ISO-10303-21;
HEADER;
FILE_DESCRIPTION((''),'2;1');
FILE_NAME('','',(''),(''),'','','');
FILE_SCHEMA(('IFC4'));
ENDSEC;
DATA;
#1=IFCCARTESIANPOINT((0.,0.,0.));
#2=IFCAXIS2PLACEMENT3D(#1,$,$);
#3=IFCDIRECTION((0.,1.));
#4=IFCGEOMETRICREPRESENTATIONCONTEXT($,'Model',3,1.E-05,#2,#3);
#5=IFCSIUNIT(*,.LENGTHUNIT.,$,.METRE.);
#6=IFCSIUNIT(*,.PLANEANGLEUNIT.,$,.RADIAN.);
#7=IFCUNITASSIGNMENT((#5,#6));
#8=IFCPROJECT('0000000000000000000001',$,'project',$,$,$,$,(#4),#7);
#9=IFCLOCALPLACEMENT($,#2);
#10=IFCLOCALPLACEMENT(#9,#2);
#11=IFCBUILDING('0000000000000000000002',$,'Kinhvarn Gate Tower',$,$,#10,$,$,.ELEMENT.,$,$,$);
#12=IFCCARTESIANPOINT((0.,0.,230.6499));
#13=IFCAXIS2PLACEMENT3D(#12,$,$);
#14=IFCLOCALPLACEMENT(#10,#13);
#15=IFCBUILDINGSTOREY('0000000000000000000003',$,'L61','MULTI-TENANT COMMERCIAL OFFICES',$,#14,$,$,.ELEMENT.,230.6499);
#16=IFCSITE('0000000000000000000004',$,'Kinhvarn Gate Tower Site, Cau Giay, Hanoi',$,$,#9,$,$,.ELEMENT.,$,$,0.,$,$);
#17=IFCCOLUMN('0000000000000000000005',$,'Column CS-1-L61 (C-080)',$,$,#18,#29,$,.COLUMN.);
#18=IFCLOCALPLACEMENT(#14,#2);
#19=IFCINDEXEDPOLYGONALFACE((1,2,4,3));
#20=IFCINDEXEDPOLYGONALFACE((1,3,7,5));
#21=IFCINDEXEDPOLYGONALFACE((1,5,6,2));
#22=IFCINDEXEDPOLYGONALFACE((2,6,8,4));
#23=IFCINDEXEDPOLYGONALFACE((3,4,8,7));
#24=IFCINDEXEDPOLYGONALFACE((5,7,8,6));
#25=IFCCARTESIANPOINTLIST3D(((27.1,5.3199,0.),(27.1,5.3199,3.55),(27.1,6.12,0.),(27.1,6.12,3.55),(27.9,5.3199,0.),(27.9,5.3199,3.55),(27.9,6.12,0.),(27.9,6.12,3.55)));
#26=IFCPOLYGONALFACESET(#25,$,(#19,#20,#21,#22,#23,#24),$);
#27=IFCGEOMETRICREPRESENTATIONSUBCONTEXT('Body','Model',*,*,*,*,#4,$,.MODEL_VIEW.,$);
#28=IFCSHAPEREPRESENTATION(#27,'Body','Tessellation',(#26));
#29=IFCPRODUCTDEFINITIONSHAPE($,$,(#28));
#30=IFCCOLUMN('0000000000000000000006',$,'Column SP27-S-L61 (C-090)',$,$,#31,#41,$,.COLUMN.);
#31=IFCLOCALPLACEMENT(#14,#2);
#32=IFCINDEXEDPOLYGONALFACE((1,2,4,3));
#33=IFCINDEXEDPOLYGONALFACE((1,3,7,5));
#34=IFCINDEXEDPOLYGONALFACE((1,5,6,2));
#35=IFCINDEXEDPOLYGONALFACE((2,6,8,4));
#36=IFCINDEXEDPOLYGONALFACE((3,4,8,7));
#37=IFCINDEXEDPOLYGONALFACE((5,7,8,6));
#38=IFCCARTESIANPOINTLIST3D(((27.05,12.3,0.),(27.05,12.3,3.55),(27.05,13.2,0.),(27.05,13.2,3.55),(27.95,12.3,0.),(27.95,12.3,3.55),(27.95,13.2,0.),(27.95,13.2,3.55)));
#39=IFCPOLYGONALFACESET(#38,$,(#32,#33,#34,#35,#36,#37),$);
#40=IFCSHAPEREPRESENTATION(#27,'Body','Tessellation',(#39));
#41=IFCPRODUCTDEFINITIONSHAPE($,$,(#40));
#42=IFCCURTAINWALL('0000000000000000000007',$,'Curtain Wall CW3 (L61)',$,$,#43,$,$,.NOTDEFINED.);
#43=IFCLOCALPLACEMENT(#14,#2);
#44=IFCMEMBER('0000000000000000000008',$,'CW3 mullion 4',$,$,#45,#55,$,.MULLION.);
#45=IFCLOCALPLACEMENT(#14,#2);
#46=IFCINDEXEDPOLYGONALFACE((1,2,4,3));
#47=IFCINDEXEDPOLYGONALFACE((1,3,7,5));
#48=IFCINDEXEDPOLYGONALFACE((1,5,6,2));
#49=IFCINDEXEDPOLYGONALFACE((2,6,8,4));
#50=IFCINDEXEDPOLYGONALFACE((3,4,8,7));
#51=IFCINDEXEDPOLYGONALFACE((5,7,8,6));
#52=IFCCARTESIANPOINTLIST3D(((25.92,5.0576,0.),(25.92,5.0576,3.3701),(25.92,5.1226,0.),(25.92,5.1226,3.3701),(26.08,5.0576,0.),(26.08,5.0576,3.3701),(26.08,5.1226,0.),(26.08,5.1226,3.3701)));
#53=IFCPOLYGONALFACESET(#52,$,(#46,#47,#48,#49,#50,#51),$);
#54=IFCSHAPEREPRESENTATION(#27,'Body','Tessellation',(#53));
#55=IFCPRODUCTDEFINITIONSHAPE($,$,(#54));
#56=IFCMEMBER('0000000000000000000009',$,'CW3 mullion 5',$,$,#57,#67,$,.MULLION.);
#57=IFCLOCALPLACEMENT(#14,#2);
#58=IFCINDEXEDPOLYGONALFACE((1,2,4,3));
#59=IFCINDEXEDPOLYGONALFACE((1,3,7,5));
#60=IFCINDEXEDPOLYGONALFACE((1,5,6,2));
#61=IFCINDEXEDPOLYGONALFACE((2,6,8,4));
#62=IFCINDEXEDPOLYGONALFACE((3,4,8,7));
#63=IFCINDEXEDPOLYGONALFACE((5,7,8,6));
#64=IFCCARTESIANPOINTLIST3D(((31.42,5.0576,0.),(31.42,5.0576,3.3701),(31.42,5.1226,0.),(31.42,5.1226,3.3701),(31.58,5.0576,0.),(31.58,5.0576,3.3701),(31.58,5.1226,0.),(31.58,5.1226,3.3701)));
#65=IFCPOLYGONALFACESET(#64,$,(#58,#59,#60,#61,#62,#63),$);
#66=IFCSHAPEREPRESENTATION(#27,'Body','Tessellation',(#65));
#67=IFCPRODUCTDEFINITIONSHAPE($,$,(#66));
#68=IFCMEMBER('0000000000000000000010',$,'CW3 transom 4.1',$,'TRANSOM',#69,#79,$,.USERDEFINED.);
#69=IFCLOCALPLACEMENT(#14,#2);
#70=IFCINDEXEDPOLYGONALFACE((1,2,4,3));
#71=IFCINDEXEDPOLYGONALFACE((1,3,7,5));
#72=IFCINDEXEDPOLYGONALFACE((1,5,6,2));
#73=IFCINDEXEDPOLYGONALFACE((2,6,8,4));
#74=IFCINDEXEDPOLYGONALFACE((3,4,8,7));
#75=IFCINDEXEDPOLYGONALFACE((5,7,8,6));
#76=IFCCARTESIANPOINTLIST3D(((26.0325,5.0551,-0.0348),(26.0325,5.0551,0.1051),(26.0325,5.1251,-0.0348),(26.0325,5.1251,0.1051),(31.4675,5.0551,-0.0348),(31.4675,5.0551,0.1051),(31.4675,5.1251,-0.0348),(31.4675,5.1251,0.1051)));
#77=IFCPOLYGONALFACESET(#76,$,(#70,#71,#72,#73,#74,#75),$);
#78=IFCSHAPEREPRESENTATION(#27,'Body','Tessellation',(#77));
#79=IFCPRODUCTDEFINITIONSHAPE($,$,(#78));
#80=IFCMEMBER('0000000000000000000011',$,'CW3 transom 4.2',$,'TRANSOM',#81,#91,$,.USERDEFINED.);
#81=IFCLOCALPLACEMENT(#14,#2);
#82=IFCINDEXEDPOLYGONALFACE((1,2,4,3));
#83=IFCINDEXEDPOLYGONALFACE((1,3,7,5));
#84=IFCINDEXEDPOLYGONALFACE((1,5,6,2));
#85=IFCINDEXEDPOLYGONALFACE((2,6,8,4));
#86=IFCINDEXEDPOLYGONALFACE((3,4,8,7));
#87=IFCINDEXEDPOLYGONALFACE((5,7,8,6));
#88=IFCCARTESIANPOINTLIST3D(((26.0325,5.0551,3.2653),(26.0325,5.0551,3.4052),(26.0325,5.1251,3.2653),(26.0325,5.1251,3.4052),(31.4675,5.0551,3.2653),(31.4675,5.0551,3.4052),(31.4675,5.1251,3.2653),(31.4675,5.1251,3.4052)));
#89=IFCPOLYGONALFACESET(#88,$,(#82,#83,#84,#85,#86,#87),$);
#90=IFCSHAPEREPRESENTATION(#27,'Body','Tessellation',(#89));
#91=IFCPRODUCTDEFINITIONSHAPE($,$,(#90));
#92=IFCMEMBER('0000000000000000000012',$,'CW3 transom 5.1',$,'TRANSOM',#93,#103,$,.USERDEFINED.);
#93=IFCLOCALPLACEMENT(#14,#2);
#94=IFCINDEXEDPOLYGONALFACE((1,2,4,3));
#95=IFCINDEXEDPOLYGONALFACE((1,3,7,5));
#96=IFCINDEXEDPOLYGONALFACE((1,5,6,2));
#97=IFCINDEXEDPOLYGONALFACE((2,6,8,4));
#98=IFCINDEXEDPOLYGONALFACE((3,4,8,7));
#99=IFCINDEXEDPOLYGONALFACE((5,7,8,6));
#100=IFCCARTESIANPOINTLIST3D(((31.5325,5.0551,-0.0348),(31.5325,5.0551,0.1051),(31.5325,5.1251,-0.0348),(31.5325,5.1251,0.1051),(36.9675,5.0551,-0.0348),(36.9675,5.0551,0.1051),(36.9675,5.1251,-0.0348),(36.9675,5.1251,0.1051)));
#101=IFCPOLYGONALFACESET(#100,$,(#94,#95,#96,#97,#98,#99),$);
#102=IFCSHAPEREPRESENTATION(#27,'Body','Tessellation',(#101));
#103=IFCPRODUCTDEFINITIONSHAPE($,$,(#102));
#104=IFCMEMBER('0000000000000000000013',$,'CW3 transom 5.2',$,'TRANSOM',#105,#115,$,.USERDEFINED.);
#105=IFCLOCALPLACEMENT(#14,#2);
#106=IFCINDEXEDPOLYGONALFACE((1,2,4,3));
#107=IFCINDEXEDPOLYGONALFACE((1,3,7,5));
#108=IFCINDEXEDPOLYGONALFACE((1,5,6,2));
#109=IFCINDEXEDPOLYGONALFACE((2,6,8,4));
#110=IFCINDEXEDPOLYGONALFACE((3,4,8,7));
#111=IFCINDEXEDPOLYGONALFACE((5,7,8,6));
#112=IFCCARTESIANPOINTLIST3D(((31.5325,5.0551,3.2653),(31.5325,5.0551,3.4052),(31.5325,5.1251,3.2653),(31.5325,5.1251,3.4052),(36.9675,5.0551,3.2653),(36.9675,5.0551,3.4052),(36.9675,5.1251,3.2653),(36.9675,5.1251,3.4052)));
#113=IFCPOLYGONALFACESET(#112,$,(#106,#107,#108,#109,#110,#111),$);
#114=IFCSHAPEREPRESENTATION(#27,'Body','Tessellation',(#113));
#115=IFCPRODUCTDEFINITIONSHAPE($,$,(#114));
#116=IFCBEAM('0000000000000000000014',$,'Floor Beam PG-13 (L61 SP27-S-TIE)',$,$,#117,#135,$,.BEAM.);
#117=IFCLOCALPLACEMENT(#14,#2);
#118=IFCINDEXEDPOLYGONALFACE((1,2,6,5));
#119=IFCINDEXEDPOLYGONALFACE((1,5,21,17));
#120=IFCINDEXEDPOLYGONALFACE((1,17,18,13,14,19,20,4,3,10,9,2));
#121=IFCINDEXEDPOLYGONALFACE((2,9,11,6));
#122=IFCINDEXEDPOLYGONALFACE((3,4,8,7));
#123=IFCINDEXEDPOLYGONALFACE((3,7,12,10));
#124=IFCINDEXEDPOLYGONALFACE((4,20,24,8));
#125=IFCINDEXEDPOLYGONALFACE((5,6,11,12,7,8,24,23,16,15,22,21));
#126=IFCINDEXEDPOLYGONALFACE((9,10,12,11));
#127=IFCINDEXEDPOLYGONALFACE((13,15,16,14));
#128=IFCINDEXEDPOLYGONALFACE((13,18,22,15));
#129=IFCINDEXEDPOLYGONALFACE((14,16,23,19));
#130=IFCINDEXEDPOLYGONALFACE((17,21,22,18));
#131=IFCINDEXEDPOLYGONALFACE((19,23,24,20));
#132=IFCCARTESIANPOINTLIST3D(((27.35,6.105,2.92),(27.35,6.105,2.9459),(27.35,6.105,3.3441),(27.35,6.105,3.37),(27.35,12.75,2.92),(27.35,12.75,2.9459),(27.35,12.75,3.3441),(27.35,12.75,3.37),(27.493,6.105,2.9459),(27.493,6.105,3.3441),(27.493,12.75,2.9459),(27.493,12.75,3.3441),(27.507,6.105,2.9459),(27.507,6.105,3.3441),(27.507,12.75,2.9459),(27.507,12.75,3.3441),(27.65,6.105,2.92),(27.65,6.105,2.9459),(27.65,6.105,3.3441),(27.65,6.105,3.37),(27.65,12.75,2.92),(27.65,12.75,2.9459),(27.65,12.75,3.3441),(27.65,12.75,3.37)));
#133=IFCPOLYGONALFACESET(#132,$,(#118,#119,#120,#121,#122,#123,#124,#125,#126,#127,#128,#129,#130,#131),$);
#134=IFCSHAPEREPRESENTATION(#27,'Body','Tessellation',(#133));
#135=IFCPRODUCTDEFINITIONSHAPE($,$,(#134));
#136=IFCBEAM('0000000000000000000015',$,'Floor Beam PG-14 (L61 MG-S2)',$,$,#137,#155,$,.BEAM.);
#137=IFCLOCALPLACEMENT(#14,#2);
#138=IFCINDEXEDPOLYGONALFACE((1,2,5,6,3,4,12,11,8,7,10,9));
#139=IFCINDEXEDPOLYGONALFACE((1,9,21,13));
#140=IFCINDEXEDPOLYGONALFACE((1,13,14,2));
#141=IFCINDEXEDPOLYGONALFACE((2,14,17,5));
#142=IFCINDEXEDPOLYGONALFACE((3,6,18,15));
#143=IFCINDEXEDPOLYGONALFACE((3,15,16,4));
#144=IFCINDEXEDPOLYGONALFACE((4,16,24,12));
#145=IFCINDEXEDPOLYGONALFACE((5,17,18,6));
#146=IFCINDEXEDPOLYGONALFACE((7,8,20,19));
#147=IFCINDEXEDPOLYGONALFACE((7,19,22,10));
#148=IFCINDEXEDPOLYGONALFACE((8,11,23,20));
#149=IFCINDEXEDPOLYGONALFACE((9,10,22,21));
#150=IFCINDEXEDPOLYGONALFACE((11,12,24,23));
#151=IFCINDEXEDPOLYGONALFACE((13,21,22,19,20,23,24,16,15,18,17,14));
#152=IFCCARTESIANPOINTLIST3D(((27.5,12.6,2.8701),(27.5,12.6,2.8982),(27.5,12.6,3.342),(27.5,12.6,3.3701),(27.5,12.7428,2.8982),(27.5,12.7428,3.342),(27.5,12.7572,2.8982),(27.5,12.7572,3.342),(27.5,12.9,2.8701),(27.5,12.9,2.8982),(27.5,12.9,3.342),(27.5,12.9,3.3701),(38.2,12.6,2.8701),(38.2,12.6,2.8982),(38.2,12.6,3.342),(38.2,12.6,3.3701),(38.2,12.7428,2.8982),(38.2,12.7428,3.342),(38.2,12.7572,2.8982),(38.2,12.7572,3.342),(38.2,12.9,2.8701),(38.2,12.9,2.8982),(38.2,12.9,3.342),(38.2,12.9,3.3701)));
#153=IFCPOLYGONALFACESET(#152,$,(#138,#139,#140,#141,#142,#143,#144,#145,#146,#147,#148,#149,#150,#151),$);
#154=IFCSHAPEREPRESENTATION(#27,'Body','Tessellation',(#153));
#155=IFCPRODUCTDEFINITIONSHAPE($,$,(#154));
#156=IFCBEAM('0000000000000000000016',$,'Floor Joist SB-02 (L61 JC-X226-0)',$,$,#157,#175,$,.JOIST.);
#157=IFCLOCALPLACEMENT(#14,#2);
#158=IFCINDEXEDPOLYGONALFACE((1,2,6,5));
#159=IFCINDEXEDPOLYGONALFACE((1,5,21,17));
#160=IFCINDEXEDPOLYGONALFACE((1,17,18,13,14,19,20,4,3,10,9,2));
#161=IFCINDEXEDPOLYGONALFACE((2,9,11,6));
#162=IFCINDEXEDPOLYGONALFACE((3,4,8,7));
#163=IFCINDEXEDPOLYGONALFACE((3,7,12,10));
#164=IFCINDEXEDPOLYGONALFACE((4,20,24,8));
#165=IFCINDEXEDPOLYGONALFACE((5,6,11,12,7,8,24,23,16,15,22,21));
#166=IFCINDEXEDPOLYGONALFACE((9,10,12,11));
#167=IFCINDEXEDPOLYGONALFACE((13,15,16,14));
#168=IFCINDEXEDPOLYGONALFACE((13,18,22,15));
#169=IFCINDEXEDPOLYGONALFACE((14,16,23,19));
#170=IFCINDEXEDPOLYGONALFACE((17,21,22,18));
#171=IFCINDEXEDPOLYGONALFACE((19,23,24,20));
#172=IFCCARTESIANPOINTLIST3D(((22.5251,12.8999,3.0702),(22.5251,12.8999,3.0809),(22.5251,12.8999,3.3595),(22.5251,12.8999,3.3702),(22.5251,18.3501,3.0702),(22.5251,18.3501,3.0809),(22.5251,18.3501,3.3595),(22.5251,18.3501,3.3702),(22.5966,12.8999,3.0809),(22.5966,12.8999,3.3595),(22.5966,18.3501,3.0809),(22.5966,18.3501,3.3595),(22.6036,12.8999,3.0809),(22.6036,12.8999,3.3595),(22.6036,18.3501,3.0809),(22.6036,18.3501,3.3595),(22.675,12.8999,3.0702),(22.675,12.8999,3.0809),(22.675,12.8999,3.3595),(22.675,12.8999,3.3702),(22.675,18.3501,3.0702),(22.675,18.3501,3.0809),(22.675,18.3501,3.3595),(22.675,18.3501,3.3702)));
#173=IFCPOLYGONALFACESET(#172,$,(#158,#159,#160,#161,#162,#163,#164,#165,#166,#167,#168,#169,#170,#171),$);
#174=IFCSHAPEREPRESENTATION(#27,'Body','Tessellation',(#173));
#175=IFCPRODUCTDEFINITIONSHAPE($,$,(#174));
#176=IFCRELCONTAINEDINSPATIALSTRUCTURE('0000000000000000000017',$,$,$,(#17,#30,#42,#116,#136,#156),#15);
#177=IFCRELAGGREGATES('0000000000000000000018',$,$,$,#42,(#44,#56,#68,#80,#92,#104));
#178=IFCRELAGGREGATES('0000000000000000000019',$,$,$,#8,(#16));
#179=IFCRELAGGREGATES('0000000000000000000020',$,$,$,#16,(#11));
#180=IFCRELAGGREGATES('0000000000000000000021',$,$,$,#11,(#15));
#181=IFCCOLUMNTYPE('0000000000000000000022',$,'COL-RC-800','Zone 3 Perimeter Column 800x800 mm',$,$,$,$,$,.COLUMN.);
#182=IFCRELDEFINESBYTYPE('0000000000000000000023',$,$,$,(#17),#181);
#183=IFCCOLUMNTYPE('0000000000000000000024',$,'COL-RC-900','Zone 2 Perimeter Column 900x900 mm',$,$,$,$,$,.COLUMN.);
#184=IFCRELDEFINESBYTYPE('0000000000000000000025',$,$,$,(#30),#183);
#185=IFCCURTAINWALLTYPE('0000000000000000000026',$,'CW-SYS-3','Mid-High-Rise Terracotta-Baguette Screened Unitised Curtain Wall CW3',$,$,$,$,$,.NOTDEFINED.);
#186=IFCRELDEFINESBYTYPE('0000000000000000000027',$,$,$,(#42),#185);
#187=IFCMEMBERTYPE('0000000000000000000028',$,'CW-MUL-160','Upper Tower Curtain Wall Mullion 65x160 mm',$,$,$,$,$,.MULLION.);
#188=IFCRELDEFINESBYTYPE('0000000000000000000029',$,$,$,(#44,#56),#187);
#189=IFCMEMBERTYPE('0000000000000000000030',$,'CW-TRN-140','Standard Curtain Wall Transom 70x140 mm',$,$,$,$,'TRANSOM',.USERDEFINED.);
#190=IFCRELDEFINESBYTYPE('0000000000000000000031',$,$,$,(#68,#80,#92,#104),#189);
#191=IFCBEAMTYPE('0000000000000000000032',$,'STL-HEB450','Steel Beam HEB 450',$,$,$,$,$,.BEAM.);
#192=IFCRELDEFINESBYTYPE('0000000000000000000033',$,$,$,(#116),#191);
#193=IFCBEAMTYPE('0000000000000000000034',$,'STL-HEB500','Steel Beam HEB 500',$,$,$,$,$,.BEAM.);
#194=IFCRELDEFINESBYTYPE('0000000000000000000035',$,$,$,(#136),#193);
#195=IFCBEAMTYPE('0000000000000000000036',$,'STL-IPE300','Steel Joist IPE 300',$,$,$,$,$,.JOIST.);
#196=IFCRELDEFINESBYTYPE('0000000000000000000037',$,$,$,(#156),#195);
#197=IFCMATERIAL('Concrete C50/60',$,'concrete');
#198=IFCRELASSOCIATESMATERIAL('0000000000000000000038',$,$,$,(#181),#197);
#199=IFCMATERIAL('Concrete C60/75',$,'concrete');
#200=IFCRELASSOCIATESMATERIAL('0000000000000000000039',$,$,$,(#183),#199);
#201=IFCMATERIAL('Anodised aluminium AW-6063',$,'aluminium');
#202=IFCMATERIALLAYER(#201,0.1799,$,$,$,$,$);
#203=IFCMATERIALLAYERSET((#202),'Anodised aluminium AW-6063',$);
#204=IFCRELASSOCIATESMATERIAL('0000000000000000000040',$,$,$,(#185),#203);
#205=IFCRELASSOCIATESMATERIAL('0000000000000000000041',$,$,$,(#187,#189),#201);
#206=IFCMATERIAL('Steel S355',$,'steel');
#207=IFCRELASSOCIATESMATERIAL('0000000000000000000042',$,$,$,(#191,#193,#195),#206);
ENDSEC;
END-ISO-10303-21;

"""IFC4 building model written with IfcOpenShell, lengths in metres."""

from ifc_helpers import new_model, si_unit, direction, frame, origin, origin_2d, place, context, subcontext, project, spatial, rectangle, i_section, extrude, material, layer, layer_set, material_profile, profile_set, type_object, element, aggregate, save


model = new_model("IFC4")

# Units and contexts
model_context = context("Model", 3, precision=1e-05, world=origin(), true_north=direction((0.0, 1.0)))
body_context = subcontext(model_context, "Body", "Model", "MODEL_VIEW")
ifc_project = project(units=[si_unit("LENGTHUNIT", "METRE"), si_unit("PLANEANGLEUNIT", "RADIAN")], contexts=[model_context])

# Site, building, storey
site_placement = place(None, origin())
site = spatial("IfcSite", under=ifc_project, at=site_placement, Name="Kinhvarn Gate Tower Site, Cau Giay, Hanoi", CompositionType="ELEMENT", RefElevation=0.0)
building_placement = place(site_placement, origin())
building = spatial("IfcBuilding", under=site, at=building_placement, Name="Kinhvarn Gate Tower", CompositionType="ELEMENT")
storey_placement = place(building_placement, frame((0.0, 0.0, 230.6499)))
storey = spatial("IfcBuildingStorey", under=building, at=storey_placement, Name="L61", Description="MULTI-TENANT COMMERCIAL OFFICES", CompositionType="ELEMENT", Elevation=230.6499)

# Columns
ifc_material_1 = material(Name="Concrete C50/60", Category="concrete")
ifc_material_profile_1 = material_profile(ifc_material_1, rectangle(XDim=0.8, YDim=0.8, at=origin_2d()), Name="RC 800x800")
ifc_profile_set_1 = profile_set([ifc_material_profile_1], Name="Concrete C50/60")
column_type_1 = type_object("IfcColumnType", Name="COL-RC-800", Description="Zone 3 Perimeter Column 800x800 mm", PredefinedType="COLUMN", material=ifc_profile_set_1)
column_1_placement = place(storey_placement, frame((27.5, 5.72, 0.0), z_axis=(0.0, 0.0, 1.0), x_axis=(1.0, 0.0, 0.0)))
element("IfcColumn", 1, at=column_1_placement, inside=storey, type_object=column_type_1, Name="Column CS-1-L61 (C-080)", PredefinedType="COLUMN", context=body_context, shape_type="SweptSolid", body=[
    extrude(rectangle(XDim=0.8, YDim=0.8, at=origin_2d()), origin(), (0.0, 0.0, 1.0), 3.55),
])
ifc_material_2 = material(Name="Concrete C60/75", Category="concrete")
ifc_material_profile_2 = material_profile(ifc_material_2, rectangle(XDim=0.8999, YDim=0.8999, at=origin_2d()), Name="RC 900x900")
ifc_profile_set_2 = profile_set([ifc_material_profile_2], Name="Concrete C60/75")
column_type_2 = type_object("IfcColumnType", Name="COL-RC-900", Description="Zone 2 Perimeter Column 900x900 mm", PredefinedType="COLUMN", material=ifc_profile_set_2)
column_2_placement = place(storey_placement, frame((27.5, 12.75, 0.0), z_axis=(0.0, 0.0, 1.0), x_axis=(1.0, 0.0, 0.0)))
element("IfcColumn", 2, at=column_2_placement, inside=storey, type_object=column_type_2, Name="Column SP27-S-L61 (C-090)", PredefinedType="COLUMN", context=body_context, shape_type="SweptSolid", body=[
    extrude(rectangle(XDim=0.8999, YDim=0.8999, at=origin_2d()), origin(), (0.0, 0.0, 1.0), 3.55),
])

# Curtain wall, members
ifc_material_3 = material(Name="Anodised aluminium AW-6063", Category="aluminium")
ifc_layer_1 = layer(ifc_material_3, 0.1799)
ifc_layer_set_1 = layer_set([ifc_layer_1], Name="Anodised aluminium AW-6063")
curtain_wall_type = type_object("IfcCurtainWallType", Name="CW-SYS-3", Description="Mid-High-Rise Terracotta-Baguette Screened Unitised Curtain Wall CW3", PredefinedType="NOTDEFINED", material=ifc_layer_set_1)
curtain_wall_placement = place(storey_placement, origin())
curtain_wall = element("IfcCurtainWall", 3, at=curtain_wall_placement, inside=storey, type_object=curtain_wall_type, Name="Curtain Wall CW3 (L61)", PredefinedType="NOTDEFINED")
ifc_material_profile_3 = material_profile(ifc_material_3, rectangle(XDim=0.0649, YDim=0.1599, at=origin_2d()), Name="ALU 65x160")
ifc_profile_set_3 = profile_set([ifc_material_profile_3], Name="Anodised aluminium AW-6063")
member_type_1 = type_object("IfcMemberType", Name="CW-MUL-160", Description="Upper Tower Curtain Wall Mullion 65x160 mm", PredefinedType="MULLION", material=ifc_profile_set_3)
member_1_placement = place(storey_placement, frame((26.0, 5.0901, 0.0), z_axis=(0.0, 0.0, 1.0), x_axis=(0.0, 1.0, 0.0)))
member_1 = element("IfcMember", 4, at=member_1_placement, type_object=member_type_1, Name="CW3 mullion 4", PredefinedType="MULLION", context=body_context, shape_type="SweptSolid", body=[
    extrude(rectangle(XDim=0.0649, YDim=0.1599, at=origin_2d()), origin(), (0.0, 0.0, 1.0), 3.3701),
])
member_2_placement = place(storey_placement, frame((31.5, 5.0901, 0.0), z_axis=(0.0, 0.0, 1.0), x_axis=(0.0, 1.0, 0.0)))
member_2 = element("IfcMember", 5, at=member_2_placement, type_object=member_type_1, Name="CW3 mullion 5", PredefinedType="MULLION", context=body_context, shape_type="SweptSolid", body=[
    extrude(rectangle(XDim=0.0649, YDim=0.1599, at=origin_2d()), origin(), (0.0, 0.0, 1.0), 3.3701),
])
ifc_material_profile_4 = material_profile(ifc_material_3, rectangle(XDim=0.0701, YDim=0.1399, at=origin_2d()), Name="ALU 70x140")
ifc_profile_set_4 = profile_set([ifc_material_profile_4], Name="Anodised aluminium AW-6063")
member_type_2 = type_object("IfcMemberType", Name="CW-TRN-140", Description="Standard Curtain Wall Transom 70x140 mm", ElementType="TRANSOM", PredefinedType="USERDEFINED", material=ifc_profile_set_4)
member_3_placement = place(storey_placement, frame((26.0325, 5.0901, 0.0352), z_axis=(1.0, 0.0, 0.0), x_axis=(0.0, 1.0, 0.0)))
member_3 = element("IfcMember", 6, at=member_3_placement, type_object=member_type_2, Name="CW3 transom 4.1", ObjectType="TRANSOM", PredefinedType="USERDEFINED", context=body_context, shape_type="SweptSolid", body=[
    extrude(rectangle(XDim=0.0701, YDim=0.1399, at=origin_2d()), origin(), (0.0, 0.0, 1.0), 5.4351),
])
member_4_placement = place(storey_placement, frame((26.0325, 5.0901, 3.3352), z_axis=(1.0, 0.0, 0.0), x_axis=(0.0, 1.0, 0.0)))
member_4 = element("IfcMember", 7, at=member_4_placement, type_object=member_type_2, Name="CW3 transom 4.2", ObjectType="TRANSOM", PredefinedType="USERDEFINED", context=body_context, shape_type="SweptSolid", body=[
    extrude(rectangle(XDim=0.0701, YDim=0.1399, at=origin_2d()), origin(), (0.0, 0.0, 1.0), 5.4351),
])
member_5_placement = place(storey_placement, frame((31.5325, 5.0901, 0.0352), z_axis=(1.0, 0.0, 0.0), x_axis=(0.0, 1.0, 0.0)))
member_5 = element("IfcMember", 8, at=member_5_placement, type_object=member_type_2, Name="CW3 transom 5.1", ObjectType="TRANSOM", PredefinedType="USERDEFINED", context=body_context, shape_type="SweptSolid", body=[
    extrude(rectangle(XDim=0.0701, YDim=0.1399, at=origin_2d()), origin(), (0.0, 0.0, 1.0), 5.4351),
])
member_6_placement = place(storey_placement, frame((31.5325, 5.0901, 3.3352), z_axis=(1.0, 0.0, 0.0), x_axis=(0.0, 1.0, 0.0)))
member_6 = element("IfcMember", 9, at=member_6_placement, type_object=member_type_2, Name="CW3 transom 5.2", ObjectType="TRANSOM", PredefinedType="USERDEFINED", context=body_context, shape_type="SweptSolid", body=[
    extrude(rectangle(XDim=0.0701, YDim=0.1399, at=origin_2d()), origin(), (0.0, 0.0, 1.0), 5.4351),
])

# Beams
ifc_material_4 = material(Name="Steel S355", Category="steel")
ifc_material_profile_5 = material_profile(ifc_material_4, i_section(OverallWidth=0.3, OverallDepth=0.45, WebThickness=0.0139, FlangeThickness=0.0259, at=origin_2d()), Name="HEB 450")
ifc_profile_set_5 = profile_set([ifc_material_profile_5], Name="Steel S355")
beam_type_1 = type_object("IfcBeamType", Name="STL-HEB450", Description="Steel Beam HEB 450", PredefinedType="BEAM", material=ifc_profile_set_5)
beam_1_placement = place(storey_placement, frame((27.5, 6.105, 3.145), z_axis=(0.0, 1.0, 0.0), x_axis=(-1.0, 0.0, 0.0)))
element("IfcBeam", 10, at=beam_1_placement, inside=storey, type_object=beam_type_1, Name="Floor Beam PG-13 (L61 SP27-S-TIE)", PredefinedType="BEAM", context=body_context, shape_type="SweptSolid", body=[
    extrude(i_section(OverallWidth=0.3, OverallDepth=0.45, WebThickness=0.0139, FlangeThickness=0.0259, at=origin_2d()), origin(), (0.0, 0.0, 1.0), 6.645),
])
ifc_material_profile_6 = material_profile(ifc_material_4, i_section(OverallWidth=0.3, OverallDepth=0.5, WebThickness=0.0144, FlangeThickness=0.0281, at=origin_2d()), Name="HEB 500")
ifc_profile_set_6 = profile_set([ifc_material_profile_6], Name="Steel S355")
beam_type_2 = type_object("IfcBeamType", Name="STL-HEB500", Description="Steel Beam HEB 500", PredefinedType="BEAM", material=ifc_profile_set_6)
beam_2_placement = place(storey_placement, frame((27.5, 12.75, 3.1201), z_axis=(1.0, 0.0, 0.0), x_axis=(0.0, 1.0, 0.0)))
element("IfcBeam", 11, at=beam_2_placement, inside=storey, type_object=beam_type_2, Name="Floor Beam PG-14 (L61 MG-S2)", PredefinedType="BEAM", context=body_context, shape_type="SweptSolid", body=[
    extrude(i_section(OverallWidth=0.3, OverallDepth=0.5, WebThickness=0.0144, FlangeThickness=0.0281, at=origin_2d()), origin(), (0.0, 0.0, 1.0), 10.7),
])
ifc_material_profile_7 = material_profile(ifc_material_4, i_section(OverallWidth=0.1499, OverallDepth=0.3, WebThickness=0.0071, FlangeThickness=0.0107, at=origin_2d()), Name="IPE 300")
ifc_profile_set_7 = profile_set([ifc_material_profile_7], Name="Steel S355")
beam_type_3 = type_object("IfcBeamType", Name="STL-IPE300", Description="Steel Joist IPE 300", PredefinedType="JOIST", material=ifc_profile_set_7)
beam_3_placement = place(storey_placement, frame((22.6001, 12.8999, 3.2202), z_axis=(0.0, 1.0, 0.0), x_axis=(-1.0, 0.0, 0.0)))
element("IfcBeam", 12, at=beam_3_placement, inside=storey, type_object=beam_type_3, Name="Floor Joist SB-02 (L61 JC-X226-0)", PredefinedType="JOIST", context=body_context, shape_type="SweptSolid", body=[
    extrude(i_section(OverallWidth=0.1499, OverallDepth=0.3, WebThickness=0.0071, FlangeThickness=0.0107, at=origin_2d()), origin(), (0.0, 0.0, 1.0), 5.4502),
])

aggregate(curtain_wall, [member_1, member_2, member_3, member_4, member_5, member_6])

save(model, "model.ifc")
